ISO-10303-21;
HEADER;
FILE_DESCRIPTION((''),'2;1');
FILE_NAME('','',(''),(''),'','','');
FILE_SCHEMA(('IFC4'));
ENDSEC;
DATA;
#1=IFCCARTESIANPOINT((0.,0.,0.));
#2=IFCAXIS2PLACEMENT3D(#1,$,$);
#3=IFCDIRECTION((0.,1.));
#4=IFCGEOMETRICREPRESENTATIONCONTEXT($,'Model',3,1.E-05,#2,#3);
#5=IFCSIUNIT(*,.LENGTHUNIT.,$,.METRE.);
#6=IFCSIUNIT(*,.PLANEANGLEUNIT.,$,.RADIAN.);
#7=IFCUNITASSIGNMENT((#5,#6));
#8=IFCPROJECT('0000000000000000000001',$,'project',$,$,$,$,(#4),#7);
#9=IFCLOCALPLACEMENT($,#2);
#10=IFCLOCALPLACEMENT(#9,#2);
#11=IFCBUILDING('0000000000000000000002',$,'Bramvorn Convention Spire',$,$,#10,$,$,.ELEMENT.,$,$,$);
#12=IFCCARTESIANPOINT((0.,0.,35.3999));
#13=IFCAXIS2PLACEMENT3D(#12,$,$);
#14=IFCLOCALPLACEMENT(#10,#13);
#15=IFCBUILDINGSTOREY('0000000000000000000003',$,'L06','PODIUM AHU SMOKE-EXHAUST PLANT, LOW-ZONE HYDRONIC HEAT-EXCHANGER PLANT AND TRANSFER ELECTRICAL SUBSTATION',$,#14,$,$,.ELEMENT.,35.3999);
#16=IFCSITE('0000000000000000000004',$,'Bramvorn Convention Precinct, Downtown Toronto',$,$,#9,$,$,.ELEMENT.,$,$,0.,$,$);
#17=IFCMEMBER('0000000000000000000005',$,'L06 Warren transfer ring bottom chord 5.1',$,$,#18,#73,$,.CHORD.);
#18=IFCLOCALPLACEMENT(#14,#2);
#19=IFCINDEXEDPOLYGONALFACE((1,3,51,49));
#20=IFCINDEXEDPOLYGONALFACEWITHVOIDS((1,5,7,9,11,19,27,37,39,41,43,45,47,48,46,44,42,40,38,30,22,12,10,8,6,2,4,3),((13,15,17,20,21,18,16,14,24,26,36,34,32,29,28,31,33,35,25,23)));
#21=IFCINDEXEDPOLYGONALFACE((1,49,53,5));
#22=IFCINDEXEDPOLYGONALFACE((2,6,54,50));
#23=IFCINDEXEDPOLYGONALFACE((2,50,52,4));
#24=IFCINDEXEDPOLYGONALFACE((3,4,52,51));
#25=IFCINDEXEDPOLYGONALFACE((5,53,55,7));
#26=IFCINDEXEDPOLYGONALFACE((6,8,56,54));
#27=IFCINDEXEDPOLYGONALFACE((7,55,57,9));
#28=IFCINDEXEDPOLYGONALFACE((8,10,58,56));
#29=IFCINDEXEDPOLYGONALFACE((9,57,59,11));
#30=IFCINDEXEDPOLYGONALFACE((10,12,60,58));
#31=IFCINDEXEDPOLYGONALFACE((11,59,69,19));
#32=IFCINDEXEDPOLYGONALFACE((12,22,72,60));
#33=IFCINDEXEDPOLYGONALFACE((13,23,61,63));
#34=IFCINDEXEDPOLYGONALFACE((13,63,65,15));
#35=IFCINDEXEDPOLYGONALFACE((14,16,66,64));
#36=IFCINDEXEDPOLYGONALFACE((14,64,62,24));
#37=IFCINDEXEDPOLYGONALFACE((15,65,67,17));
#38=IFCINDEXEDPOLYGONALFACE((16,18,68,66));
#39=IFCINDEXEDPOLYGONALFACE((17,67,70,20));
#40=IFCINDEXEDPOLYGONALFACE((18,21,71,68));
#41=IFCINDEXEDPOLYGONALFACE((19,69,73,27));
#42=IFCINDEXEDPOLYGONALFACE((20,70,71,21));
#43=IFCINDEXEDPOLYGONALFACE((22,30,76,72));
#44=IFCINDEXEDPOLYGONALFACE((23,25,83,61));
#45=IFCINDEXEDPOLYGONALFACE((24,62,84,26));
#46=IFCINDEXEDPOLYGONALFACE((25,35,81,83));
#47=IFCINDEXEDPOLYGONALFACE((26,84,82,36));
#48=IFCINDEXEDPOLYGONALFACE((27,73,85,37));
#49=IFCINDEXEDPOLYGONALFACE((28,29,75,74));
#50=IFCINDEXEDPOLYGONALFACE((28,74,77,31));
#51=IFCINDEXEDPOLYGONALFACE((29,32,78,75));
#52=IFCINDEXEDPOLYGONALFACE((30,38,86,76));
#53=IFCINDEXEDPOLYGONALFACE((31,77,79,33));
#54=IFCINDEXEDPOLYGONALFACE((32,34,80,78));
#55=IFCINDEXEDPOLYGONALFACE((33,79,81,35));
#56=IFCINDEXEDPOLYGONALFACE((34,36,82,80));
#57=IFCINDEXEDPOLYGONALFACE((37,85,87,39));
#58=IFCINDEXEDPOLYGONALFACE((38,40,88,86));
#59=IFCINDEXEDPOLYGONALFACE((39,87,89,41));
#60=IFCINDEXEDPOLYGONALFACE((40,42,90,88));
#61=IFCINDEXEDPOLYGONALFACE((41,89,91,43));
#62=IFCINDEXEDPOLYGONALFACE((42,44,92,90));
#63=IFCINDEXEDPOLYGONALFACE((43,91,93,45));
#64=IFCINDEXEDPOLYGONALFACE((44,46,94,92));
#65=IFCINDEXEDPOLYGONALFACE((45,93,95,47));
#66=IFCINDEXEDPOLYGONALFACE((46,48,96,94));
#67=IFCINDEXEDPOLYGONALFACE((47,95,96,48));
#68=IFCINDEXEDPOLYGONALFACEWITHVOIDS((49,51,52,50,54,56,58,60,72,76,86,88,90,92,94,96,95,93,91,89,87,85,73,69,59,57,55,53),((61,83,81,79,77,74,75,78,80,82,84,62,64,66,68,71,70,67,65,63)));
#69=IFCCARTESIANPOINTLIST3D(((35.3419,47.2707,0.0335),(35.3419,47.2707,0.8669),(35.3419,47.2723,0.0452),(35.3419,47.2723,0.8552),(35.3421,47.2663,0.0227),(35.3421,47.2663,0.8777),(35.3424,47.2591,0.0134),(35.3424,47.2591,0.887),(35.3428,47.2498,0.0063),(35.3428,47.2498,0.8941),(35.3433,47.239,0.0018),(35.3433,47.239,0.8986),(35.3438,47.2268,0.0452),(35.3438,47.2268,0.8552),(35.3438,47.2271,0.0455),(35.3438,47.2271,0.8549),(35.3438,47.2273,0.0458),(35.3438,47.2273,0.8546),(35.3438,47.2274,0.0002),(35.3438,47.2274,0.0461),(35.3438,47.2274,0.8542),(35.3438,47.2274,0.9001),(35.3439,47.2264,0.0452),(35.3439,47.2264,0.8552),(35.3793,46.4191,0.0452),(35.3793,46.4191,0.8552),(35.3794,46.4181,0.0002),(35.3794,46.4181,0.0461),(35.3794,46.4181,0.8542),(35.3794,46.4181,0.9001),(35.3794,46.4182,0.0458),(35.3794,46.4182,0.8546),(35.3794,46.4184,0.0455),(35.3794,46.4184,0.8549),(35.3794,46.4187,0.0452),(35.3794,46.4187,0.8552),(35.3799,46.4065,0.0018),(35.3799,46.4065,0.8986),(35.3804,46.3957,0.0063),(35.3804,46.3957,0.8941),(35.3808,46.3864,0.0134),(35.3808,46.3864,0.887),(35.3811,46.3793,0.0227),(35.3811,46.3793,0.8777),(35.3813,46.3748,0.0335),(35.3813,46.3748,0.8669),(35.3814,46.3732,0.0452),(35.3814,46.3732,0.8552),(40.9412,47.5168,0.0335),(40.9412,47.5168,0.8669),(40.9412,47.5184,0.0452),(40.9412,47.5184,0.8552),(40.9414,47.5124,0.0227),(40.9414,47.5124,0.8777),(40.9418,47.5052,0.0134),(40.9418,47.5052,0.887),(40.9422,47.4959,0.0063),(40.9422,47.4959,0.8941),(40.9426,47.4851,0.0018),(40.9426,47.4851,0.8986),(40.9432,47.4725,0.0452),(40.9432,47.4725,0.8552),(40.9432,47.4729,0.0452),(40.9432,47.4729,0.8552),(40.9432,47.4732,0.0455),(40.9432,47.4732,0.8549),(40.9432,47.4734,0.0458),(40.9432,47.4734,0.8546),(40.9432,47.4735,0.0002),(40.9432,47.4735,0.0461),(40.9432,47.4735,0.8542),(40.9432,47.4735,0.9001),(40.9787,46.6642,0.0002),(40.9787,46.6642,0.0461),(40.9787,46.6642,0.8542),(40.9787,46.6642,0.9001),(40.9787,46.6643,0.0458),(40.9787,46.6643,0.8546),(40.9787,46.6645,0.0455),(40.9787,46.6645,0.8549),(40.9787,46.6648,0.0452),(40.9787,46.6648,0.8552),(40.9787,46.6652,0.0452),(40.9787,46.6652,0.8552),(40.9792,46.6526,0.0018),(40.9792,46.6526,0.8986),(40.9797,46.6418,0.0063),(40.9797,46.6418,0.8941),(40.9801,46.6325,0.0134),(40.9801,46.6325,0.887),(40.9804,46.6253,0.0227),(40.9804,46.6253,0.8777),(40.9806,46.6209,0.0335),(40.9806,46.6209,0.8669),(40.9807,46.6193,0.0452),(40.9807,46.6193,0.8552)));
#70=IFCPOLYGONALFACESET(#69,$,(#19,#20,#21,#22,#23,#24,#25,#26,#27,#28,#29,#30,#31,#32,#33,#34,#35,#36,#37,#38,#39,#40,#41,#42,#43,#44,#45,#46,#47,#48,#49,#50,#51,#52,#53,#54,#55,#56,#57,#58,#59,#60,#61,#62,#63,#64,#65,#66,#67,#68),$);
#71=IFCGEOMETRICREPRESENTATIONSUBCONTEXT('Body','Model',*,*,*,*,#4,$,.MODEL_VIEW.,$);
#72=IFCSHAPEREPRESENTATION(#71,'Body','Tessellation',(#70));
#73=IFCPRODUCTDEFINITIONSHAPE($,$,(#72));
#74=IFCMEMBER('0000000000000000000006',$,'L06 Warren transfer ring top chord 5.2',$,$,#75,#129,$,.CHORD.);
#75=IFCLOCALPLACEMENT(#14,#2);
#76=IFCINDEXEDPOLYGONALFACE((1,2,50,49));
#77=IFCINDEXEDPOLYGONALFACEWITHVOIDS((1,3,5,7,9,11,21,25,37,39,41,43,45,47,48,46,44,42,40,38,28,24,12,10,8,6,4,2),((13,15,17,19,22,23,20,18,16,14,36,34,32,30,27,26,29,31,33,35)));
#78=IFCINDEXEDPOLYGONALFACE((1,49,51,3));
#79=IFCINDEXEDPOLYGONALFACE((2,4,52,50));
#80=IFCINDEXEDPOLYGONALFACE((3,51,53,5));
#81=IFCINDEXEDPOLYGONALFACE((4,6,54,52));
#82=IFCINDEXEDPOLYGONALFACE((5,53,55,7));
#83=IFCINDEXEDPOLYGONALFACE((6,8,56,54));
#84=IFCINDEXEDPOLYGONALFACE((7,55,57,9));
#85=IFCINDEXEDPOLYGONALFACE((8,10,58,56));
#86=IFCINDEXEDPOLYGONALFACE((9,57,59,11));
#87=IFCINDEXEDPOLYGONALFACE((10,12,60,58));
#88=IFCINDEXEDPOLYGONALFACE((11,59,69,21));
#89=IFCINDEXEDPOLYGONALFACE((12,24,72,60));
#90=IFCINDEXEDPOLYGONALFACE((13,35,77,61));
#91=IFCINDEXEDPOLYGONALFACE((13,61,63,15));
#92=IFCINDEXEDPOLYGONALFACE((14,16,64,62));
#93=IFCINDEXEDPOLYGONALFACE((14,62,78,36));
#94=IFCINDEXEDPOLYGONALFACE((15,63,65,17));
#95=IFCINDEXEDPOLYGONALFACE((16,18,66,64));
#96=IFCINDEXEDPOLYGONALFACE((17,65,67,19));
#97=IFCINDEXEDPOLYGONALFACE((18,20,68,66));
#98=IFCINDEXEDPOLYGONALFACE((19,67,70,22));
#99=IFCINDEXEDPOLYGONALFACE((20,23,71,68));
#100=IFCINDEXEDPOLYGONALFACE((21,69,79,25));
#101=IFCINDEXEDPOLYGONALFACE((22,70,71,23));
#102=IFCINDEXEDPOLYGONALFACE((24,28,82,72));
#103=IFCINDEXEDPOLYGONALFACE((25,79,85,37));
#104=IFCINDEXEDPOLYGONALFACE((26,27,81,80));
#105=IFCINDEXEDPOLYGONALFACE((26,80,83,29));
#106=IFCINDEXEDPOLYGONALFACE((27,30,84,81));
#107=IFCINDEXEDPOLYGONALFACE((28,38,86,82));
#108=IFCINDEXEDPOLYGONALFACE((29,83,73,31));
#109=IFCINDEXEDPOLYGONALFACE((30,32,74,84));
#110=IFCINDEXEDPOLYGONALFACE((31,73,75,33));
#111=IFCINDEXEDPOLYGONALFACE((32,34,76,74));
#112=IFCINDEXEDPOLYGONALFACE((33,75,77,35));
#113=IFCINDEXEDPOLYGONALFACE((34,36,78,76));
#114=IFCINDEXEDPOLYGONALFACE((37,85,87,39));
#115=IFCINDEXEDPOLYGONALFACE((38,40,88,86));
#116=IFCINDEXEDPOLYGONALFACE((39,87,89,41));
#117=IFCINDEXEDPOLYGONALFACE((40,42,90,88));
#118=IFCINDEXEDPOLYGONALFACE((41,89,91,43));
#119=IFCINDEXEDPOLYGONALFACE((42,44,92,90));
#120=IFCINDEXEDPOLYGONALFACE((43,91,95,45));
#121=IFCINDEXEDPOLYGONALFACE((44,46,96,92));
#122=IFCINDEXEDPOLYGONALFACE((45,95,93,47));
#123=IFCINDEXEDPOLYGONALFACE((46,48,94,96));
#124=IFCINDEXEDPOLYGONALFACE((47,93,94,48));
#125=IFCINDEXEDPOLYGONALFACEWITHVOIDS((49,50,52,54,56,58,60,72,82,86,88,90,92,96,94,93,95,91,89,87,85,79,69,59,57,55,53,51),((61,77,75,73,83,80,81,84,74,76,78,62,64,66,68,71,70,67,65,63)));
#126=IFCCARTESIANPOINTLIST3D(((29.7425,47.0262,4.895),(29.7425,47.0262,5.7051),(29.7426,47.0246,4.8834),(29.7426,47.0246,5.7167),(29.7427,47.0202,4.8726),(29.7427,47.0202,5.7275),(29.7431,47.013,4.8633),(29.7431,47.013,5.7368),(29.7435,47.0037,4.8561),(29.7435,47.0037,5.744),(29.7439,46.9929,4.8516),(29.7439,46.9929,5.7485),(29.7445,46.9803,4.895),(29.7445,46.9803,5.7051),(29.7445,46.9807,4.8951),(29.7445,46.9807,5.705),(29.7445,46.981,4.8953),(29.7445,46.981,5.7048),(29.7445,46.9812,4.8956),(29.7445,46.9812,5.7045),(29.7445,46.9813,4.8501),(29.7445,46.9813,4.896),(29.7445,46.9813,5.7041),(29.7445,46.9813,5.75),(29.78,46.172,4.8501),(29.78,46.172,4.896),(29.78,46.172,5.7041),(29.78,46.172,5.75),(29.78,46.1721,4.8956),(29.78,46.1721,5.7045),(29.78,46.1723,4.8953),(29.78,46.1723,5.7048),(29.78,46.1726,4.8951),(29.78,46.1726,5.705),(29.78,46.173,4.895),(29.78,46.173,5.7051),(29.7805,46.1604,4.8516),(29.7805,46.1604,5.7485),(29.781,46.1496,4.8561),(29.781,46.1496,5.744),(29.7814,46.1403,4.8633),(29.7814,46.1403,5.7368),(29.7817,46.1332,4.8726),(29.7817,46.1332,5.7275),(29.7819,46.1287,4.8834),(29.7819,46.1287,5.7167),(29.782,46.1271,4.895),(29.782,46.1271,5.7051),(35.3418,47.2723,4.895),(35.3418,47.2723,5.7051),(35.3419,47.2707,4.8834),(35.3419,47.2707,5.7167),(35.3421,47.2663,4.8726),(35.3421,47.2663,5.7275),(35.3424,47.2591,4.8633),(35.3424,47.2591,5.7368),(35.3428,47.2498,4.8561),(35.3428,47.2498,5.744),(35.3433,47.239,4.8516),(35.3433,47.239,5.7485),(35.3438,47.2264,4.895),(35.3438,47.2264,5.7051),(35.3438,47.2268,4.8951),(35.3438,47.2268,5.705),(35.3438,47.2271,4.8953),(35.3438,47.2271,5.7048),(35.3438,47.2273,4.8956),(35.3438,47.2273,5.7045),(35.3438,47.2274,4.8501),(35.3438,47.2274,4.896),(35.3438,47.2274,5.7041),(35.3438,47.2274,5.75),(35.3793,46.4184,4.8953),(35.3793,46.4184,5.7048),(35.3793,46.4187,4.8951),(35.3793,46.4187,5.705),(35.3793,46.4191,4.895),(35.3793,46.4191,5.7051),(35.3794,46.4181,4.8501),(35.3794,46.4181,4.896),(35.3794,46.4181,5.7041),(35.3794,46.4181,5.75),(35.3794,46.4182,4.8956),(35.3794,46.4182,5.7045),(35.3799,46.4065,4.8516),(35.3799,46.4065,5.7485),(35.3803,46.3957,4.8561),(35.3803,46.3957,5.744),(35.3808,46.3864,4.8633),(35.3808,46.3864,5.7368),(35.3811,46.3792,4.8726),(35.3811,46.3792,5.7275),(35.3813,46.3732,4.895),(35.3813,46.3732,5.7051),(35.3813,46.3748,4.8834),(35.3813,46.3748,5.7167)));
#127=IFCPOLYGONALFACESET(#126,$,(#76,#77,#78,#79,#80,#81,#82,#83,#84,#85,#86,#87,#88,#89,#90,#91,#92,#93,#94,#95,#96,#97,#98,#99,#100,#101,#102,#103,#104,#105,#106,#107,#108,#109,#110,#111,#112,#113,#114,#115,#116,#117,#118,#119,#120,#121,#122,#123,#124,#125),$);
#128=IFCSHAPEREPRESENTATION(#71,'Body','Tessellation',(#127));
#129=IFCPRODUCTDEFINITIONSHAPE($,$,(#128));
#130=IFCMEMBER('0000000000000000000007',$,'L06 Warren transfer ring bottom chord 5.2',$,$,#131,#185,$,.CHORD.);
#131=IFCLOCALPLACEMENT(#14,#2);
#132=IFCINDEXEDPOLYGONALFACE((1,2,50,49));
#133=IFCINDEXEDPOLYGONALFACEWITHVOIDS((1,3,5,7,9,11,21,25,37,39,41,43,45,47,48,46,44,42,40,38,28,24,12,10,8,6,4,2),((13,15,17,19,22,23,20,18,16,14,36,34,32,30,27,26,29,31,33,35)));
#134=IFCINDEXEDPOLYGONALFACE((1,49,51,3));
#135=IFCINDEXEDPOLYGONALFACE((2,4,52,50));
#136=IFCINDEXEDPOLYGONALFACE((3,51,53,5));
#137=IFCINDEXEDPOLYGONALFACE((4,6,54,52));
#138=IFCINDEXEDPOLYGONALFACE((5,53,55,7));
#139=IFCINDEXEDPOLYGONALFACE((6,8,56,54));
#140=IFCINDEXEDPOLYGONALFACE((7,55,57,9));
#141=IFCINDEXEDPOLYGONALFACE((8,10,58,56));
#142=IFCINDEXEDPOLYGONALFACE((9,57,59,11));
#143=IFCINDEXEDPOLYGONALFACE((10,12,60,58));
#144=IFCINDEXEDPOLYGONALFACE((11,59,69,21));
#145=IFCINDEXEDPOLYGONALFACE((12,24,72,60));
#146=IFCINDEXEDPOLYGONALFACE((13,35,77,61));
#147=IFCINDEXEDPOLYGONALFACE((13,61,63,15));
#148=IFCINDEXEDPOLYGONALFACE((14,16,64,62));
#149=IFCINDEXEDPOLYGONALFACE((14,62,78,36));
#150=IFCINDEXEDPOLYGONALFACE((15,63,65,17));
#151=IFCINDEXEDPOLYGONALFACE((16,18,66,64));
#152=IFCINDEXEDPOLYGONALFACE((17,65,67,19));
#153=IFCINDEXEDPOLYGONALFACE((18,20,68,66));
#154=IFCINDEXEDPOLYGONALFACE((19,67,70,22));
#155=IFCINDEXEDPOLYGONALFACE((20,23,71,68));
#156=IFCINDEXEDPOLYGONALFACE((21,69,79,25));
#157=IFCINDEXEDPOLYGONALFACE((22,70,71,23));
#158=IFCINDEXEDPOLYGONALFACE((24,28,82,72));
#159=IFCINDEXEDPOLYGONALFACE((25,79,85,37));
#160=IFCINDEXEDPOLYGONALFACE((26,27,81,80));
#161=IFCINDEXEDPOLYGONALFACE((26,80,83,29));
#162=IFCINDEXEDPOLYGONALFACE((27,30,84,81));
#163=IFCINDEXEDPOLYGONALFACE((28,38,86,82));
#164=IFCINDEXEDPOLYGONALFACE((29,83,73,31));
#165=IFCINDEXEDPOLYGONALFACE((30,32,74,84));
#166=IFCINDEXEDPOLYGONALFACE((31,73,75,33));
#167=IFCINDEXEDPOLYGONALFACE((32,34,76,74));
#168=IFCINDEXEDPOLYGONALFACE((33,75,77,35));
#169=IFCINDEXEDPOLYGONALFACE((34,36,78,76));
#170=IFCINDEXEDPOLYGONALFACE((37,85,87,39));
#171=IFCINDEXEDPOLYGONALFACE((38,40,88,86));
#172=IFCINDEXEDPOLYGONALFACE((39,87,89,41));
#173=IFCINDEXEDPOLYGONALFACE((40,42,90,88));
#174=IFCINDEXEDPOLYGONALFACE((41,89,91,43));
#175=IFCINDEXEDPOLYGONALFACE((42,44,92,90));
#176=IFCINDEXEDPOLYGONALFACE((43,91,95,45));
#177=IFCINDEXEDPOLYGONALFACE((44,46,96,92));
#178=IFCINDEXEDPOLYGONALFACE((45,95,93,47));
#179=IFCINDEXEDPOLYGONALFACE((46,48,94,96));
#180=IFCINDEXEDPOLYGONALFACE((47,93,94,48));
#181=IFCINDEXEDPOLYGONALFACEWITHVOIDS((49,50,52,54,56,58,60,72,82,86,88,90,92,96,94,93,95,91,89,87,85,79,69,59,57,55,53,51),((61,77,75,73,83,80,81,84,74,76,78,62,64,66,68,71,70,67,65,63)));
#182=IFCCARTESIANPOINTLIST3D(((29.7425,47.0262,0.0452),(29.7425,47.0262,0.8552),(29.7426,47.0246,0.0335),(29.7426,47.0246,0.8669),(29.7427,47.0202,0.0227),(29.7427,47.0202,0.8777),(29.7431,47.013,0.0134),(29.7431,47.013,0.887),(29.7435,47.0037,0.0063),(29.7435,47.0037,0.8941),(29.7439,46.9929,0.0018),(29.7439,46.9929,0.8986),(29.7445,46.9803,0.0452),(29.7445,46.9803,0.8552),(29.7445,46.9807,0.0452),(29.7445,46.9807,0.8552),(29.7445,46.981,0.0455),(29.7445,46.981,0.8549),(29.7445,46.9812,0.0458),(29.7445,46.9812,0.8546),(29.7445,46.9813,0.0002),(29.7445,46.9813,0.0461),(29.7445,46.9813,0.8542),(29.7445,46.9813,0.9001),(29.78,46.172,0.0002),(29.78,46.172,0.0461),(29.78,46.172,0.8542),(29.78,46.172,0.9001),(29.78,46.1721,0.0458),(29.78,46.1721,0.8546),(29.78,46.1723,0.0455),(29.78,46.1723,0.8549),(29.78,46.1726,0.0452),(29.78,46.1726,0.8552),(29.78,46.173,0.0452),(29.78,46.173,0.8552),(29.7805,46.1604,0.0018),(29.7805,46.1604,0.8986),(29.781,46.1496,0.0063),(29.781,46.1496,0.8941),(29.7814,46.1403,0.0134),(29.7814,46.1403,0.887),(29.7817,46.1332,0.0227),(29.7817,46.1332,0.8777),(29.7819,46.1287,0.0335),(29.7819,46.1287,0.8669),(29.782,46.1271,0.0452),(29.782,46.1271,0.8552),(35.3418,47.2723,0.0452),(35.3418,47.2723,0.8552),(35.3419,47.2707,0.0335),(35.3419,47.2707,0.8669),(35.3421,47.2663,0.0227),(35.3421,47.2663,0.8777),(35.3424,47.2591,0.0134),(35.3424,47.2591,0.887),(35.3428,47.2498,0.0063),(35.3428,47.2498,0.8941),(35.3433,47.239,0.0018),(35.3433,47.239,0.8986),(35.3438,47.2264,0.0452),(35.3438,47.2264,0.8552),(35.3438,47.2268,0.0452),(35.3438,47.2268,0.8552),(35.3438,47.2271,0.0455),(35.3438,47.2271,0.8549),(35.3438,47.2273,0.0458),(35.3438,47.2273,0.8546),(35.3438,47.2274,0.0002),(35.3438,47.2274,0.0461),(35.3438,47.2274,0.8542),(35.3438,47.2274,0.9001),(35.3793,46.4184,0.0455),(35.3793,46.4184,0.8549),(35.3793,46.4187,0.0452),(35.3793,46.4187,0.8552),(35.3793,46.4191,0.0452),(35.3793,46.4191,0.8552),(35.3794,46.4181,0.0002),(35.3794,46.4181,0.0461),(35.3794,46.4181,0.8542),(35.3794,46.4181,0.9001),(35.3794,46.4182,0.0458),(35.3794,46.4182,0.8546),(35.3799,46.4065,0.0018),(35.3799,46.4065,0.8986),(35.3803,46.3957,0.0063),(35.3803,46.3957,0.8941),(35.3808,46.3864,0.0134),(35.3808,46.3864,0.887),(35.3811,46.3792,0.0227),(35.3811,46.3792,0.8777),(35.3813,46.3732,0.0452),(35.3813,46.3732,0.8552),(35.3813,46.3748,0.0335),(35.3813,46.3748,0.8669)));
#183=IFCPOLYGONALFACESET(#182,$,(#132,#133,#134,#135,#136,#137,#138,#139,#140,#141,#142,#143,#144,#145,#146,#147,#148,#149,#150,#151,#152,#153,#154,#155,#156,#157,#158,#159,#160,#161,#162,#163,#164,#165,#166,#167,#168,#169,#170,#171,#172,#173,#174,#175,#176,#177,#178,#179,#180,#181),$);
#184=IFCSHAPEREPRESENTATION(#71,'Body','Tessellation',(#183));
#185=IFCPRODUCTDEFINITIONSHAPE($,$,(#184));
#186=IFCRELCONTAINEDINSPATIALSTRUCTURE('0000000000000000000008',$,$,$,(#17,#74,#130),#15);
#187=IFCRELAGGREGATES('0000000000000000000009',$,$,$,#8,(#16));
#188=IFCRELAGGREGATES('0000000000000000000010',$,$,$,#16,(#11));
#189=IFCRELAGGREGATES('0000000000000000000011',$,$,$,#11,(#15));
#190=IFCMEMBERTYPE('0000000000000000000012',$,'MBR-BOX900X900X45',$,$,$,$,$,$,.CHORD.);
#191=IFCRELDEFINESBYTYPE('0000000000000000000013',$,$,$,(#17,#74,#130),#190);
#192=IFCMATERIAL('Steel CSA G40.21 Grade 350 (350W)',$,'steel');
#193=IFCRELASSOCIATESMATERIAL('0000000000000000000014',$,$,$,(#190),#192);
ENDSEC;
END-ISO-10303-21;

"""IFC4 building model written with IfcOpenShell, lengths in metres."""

from ifc_helpers import new_model, si_unit, direction, frame, origin, origin_2d, place, context, subcontext, project, spatial, hollow_rectangle, extrude, material, material_profile, profile_set, type_object, element, save


model = new_model("IFC4")

# Units and contexts
model_context = context("Model", 3, precision=1e-05, world=origin(), true_north=direction((0.0, 1.0)))
body_context = subcontext(model_context, "Body", "Model", "MODEL_VIEW")
ifc_project = project(units=[si_unit("LENGTHUNIT", "METRE"), si_unit("PLANEANGLEUNIT", "RADIAN")], contexts=[model_context])

# Site, building, storey
site_placement = place(None, origin())
site = spatial("IfcSite", under=ifc_project, at=site_placement, Name="Bramvorn Convention Precinct, Downtown Toronto", CompositionType="ELEMENT", RefElevation=0.0)
building_placement = place(site_placement, origin())
building = spatial("IfcBuilding", under=site, at=building_placement, Name="Bramvorn Convention Spire", CompositionType="ELEMENT")
storey_placement = place(building_placement, frame((0.0, 0.0, 35.3999)))
storey = spatial("IfcBuildingStorey", under=building, at=storey_placement, Name="L06", Description="PODIUM AHU SMOKE-EXHAUST PLANT, LOW-ZONE HYDRONIC HEAT-EXCHANGER PLANT AND TRANSFER ELECTRICAL SUBSTATION", CompositionType="ELEMENT", Elevation=35.3999)

# Shared definitions
ifc_material_1 = material(Name="Steel CSA G40.21 Grade 350 (350W)", Category="steel")

# Members
ifc_material_profile_1 = material_profile(ifc_material_1, hollow_rectangle(XDim=0.8999, YDim=0.8999, WallThickness=0.0449, InnerFilletRadius=0.001, OuterFilletRadius=0.0449, at=origin_2d()))
ifc_profile_set_1 = profile_set([ifc_material_profile_1], Name="Steel CSA G40.21 Grade 350 (350W) - BOX900X900X45")
member_type_1 = type_object("IfcMemberType", Name="MBR-BOX900X900X45", PredefinedType="CHORD", material=ifc_profile_set_1)
for number, where, z_axis, x_axis, name in (
    (1, (40.9609, 47.0688, 0.4502), (-0.999036, -0.043908, 0.0), (0.043908, -0.999036, 0.0), "L06 Warren transfer ring bottom chord 5.1"),
    (2, (35.3616, 46.8228, 5.3), (-0.999036, -0.043908, 0.0), (0.043908, -0.999036, 0.0), "L06 Warren transfer ring top chord 5.2"),
    (3, (35.3616, 46.8228, 0.4502), (-0.999036, -0.043908, 0.0), (0.043908, -0.999036, 0.0), "L06 Warren transfer ring bottom chord 5.2"),
):
    element("IfcMember", number, at=place(storey_placement, frame(where, z_axis=z_axis, x_axis=x_axis)), inside=storey, type_object=member_type_1, Name=name, PredefinedType="CHORD", context=body_context, shape_type="SweptSolid", body=[
        extrude(hollow_rectangle(XDim=0.8999, YDim=0.8999, WallThickness=0.0449, InnerFilletRadius=0.001, OuterFilletRadius=0.0449, at=origin_2d()), origin(), (0.0, 0.0, 1.0), 5.6047),
    ])

save(model, "model.ifc")
